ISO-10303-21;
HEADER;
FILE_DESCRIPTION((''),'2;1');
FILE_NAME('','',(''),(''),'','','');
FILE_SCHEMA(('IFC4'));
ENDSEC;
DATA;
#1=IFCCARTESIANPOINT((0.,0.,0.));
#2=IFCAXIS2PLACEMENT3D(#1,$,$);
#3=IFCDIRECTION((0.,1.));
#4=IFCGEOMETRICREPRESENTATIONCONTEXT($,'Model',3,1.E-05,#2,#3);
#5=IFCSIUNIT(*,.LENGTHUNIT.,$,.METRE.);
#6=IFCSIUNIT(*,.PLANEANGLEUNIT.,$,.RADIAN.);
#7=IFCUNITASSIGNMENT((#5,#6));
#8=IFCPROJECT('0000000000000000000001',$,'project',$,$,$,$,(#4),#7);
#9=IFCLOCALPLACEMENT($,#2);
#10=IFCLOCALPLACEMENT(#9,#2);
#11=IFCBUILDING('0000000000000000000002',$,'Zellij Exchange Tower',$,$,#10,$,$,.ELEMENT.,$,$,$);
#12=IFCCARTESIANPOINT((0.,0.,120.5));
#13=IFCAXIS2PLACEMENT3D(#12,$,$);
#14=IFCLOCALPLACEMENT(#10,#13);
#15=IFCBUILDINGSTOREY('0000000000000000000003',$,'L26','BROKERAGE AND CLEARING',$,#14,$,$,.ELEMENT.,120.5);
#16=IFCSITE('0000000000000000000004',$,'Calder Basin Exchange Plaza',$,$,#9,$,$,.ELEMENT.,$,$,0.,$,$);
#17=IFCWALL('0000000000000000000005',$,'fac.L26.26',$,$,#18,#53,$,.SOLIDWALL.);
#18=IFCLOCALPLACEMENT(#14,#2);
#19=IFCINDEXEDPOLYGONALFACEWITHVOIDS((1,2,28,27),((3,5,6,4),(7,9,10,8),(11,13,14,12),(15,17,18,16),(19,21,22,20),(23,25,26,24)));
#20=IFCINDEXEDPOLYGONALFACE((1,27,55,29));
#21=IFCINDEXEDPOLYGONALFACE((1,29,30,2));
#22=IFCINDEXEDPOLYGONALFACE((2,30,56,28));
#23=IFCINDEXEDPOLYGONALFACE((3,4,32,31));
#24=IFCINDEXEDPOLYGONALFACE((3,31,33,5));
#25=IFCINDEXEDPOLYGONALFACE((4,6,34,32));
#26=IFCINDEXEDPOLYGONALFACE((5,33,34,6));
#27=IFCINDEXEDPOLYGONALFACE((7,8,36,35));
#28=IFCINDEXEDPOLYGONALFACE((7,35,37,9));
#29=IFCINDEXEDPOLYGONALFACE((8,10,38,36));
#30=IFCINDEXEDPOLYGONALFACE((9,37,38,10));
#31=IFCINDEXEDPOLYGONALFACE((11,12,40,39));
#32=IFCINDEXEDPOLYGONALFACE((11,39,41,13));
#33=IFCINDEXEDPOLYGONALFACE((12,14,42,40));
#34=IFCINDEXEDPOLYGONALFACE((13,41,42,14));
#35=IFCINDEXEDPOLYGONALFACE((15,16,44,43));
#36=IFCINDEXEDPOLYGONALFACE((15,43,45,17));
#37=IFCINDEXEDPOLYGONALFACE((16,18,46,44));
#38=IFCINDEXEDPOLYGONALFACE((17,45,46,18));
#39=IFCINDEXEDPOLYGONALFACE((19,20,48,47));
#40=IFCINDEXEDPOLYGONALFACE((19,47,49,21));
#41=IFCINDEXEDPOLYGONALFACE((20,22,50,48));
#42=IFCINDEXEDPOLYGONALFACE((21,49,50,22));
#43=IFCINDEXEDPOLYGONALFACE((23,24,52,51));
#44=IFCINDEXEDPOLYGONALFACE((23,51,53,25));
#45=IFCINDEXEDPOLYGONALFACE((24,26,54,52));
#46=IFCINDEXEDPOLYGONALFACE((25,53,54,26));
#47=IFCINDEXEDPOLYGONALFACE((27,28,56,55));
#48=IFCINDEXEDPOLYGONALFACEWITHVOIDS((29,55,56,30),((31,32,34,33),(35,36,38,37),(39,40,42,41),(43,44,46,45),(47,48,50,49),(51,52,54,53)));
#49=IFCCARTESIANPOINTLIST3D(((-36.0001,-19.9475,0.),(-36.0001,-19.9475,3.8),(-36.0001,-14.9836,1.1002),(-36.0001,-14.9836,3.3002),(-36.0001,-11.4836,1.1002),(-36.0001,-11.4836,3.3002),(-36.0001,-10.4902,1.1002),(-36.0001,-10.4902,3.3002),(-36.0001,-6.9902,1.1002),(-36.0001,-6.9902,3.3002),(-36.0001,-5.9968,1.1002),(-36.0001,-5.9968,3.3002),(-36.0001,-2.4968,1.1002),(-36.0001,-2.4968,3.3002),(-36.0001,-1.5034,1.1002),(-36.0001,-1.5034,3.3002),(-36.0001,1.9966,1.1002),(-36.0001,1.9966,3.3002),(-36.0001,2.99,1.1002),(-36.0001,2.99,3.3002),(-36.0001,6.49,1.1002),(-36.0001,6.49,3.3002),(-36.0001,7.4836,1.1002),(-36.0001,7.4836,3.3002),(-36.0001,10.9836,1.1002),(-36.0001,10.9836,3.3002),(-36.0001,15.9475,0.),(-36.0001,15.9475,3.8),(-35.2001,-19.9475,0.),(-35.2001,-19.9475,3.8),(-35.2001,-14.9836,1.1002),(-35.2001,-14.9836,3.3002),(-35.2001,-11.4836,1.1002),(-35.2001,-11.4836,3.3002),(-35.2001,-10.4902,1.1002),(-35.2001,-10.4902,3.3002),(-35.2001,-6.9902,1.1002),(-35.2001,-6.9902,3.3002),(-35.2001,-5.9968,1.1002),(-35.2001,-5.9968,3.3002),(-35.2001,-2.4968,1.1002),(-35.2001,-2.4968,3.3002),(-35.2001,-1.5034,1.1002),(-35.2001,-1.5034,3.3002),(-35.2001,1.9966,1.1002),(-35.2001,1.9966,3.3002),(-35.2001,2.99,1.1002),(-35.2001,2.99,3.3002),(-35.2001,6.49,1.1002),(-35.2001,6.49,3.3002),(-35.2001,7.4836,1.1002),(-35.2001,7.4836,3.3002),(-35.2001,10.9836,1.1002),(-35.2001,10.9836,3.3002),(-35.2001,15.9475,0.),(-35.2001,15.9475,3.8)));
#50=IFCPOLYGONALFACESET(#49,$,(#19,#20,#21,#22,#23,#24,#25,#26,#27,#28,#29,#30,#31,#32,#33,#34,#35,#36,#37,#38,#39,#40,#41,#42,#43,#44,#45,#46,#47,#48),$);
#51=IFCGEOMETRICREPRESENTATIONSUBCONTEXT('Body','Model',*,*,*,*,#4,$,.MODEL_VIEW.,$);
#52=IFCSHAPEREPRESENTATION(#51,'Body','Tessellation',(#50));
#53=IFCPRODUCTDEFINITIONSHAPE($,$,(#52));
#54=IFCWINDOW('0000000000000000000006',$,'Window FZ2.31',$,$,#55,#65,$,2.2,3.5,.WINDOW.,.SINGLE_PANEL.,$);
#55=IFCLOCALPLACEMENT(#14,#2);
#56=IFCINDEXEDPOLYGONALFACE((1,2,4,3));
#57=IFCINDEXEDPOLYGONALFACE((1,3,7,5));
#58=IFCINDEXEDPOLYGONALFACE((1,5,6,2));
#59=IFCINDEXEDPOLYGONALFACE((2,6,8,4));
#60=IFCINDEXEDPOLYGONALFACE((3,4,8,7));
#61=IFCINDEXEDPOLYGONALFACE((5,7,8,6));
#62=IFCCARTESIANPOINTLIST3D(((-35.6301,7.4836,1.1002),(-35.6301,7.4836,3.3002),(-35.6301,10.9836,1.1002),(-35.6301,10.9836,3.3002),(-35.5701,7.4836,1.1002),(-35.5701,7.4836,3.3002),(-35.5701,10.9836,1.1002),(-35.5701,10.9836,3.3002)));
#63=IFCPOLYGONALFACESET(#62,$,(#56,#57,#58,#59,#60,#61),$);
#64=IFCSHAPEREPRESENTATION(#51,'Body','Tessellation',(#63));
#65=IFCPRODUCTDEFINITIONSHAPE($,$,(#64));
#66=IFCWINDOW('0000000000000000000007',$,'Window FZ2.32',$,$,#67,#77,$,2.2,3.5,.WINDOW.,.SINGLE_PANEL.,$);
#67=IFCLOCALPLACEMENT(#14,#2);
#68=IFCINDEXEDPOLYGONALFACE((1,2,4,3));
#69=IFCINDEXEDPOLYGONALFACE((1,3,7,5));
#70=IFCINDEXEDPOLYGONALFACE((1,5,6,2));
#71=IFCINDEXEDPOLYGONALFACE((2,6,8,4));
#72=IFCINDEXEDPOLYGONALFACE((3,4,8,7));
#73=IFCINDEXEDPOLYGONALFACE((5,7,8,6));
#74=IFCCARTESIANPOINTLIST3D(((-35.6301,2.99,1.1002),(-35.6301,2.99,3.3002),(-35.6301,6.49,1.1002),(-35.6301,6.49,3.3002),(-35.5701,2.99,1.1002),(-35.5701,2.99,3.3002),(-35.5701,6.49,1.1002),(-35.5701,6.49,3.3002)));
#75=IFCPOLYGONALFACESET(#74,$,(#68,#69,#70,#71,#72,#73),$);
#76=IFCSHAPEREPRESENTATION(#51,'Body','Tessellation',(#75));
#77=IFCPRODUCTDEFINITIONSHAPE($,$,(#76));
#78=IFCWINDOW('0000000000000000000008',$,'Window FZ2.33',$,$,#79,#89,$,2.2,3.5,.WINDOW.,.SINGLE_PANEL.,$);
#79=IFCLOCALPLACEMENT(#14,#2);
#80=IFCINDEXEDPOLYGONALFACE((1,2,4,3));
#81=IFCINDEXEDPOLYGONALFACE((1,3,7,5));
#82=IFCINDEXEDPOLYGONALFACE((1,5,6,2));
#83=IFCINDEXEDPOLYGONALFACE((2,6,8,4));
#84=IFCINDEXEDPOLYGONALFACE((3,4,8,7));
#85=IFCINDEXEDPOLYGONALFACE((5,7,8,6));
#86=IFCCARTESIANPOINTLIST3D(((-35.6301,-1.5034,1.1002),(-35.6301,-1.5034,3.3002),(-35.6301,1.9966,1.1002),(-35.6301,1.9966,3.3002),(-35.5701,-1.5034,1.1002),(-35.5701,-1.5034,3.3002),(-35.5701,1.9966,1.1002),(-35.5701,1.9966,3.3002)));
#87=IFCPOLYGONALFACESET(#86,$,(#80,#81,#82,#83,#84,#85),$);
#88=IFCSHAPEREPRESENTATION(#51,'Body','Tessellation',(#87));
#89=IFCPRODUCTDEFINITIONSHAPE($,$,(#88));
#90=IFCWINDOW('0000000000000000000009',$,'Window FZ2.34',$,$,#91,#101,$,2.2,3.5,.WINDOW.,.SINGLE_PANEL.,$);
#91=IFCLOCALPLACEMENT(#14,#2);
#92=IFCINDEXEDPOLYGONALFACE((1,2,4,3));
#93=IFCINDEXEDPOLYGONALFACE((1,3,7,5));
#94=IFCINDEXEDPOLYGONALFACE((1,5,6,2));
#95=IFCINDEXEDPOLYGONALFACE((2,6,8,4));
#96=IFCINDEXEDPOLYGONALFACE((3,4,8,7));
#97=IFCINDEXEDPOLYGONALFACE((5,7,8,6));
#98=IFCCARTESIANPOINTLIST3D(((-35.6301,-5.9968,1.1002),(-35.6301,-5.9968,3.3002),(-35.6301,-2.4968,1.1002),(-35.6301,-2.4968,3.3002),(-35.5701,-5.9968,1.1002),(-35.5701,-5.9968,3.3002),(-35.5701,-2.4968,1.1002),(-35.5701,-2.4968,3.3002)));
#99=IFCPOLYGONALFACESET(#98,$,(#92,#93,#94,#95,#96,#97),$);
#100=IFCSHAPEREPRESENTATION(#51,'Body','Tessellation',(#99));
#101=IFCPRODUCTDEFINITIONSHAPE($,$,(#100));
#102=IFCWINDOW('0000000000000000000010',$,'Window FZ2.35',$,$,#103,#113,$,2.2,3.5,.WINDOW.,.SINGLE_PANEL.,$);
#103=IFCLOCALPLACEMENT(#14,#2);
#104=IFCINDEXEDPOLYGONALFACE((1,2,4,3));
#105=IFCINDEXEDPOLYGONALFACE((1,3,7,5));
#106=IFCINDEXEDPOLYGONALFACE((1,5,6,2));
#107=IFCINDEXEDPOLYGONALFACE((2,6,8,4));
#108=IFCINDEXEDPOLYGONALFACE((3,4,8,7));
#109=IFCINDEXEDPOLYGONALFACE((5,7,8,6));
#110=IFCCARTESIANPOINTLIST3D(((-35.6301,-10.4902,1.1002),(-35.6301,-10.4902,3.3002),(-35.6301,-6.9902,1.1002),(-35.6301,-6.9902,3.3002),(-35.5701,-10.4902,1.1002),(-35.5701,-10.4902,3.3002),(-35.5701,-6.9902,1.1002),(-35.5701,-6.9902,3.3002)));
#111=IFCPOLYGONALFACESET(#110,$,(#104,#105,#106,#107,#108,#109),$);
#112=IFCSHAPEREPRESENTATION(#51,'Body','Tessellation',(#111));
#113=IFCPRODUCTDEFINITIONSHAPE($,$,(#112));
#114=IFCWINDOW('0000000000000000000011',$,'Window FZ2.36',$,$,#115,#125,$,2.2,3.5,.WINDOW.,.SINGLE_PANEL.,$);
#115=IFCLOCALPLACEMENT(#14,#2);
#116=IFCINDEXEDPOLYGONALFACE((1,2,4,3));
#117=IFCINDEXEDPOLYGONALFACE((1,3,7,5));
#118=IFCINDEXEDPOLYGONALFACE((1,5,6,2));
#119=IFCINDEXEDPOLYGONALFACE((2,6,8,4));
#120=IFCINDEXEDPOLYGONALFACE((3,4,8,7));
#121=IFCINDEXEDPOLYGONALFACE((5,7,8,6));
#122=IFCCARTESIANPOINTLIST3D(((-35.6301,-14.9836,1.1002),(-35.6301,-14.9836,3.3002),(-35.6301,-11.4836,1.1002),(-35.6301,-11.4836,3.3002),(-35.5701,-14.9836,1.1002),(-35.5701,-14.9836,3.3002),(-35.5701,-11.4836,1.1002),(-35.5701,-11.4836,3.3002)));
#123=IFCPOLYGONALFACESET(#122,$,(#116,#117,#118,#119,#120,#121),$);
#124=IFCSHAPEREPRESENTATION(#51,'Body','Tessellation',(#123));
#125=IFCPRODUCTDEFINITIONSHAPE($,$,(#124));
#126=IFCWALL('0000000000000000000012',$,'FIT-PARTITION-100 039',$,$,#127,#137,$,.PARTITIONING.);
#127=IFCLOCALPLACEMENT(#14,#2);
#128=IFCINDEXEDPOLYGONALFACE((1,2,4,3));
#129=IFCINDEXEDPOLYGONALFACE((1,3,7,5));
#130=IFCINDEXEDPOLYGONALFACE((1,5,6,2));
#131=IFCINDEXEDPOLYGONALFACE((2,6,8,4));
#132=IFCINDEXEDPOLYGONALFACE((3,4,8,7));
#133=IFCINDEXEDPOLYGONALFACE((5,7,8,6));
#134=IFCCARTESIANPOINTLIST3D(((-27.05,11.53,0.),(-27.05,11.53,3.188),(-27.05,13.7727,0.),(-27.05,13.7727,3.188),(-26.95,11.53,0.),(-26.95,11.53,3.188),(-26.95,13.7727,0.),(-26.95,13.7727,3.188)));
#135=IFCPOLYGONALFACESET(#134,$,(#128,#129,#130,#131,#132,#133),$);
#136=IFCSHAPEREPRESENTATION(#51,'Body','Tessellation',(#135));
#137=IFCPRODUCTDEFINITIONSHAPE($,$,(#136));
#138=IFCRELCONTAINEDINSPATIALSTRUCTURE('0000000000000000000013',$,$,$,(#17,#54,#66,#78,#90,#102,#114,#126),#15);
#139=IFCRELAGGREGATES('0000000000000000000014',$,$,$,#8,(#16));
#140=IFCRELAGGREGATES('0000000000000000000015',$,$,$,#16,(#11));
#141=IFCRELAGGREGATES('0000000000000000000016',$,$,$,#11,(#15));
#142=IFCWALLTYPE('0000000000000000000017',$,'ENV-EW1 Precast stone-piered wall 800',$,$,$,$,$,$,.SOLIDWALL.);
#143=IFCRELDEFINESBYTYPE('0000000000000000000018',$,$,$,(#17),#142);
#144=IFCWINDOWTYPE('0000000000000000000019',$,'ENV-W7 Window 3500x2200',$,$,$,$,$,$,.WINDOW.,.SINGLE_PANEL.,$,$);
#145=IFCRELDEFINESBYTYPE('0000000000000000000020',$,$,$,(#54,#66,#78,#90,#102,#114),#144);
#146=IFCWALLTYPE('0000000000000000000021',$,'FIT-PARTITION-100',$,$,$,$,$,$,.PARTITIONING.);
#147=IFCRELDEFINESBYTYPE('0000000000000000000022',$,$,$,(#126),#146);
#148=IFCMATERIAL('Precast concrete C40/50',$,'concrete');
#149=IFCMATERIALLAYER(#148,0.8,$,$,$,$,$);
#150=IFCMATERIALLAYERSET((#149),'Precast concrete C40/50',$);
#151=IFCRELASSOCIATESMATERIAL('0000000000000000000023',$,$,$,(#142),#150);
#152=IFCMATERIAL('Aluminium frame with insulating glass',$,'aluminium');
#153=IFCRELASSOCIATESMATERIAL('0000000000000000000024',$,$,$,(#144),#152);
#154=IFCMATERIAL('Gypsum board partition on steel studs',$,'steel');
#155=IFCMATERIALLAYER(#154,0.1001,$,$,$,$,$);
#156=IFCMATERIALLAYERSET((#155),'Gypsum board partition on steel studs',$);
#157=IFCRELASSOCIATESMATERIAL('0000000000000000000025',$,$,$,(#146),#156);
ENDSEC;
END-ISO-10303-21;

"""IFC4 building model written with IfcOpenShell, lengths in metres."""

from ifc_helpers import new_model, si_unit, direction, frame, frame_2d, origin, place, context, subcontext, project, spatial, rectangle, extrude, material, layer, layer_set, type_object, element, fill, save


model = new_model("IFC4")

# Units and contexts
model_context = context("Model", 3, precision=1e-05, world=origin(), true_north=direction((0.0, 1.0)))
body_context = subcontext(model_context, "Body", "Model", "MODEL_VIEW")
ifc_project = project(units=[si_unit("LENGTHUNIT", "METRE"), si_unit("PLANEANGLEUNIT", "RADIAN")], contexts=[model_context])

# Site, building, storey
site_placement = place(None, origin())
site = spatial("IfcSite", under=ifc_project, at=site_placement, Name="Calder Basin Exchange Plaza", CompositionType="ELEMENT", RefElevation=0.0)
building_placement = place(site_placement, origin())
building = spatial("IfcBuilding", under=site, at=building_placement, Name="Zellij Exchange Tower", CompositionType="ELEMENT")
storey_placement = place(building_placement, frame((0.0, 0.0, 120.5)))
storey = spatial("IfcBuildingStorey", under=building, at=storey_placement, Name="L26", Description="BROKERAGE AND CLEARING", CompositionType="ELEMENT", Elevation=120.5)

# Shared definitions
ifc_material_1 = material(Name="Precast concrete C40/50", Category="concrete")
ifc_layer_1 = layer(ifc_material_1, 0.8)
ifc_layer_set_1 = layer_set([ifc_layer_1], Name="Precast concrete C40/50")
wall_type_1 = type_object("IfcWallType", Name="ENV-EW1 Precast stone-piered wall 800", PredefinedType="SOLIDWALL", material=ifc_layer_set_1)

# Wall, openings, windows
wall_1_placement = place(storey_placement, frame((-35.6001, 15.9475, 0.0), z_axis=(0.0, 0.0, 1.0), x_axis=(0.0, -1.0, 0.0)))
wall_1 = element("IfcWall", 1, at=wall_1_placement, inside=storey, type_object=wall_type_1, Name="fac.L26.26", PredefinedType="SOLIDWALL", context=body_context, shape_type="SweptSolid", body=[
    extrude(rectangle(XDim=35.895, YDim=0.8, at=frame_2d((17.9475, 0.0))), origin(), (0.0, 0.0, 1.0), 3.8),
])
opening_1_placement = place(wall_1_placement, frame((4.9639, 0.0, 1.1001)))
opening_1 = element("IfcOpeningElement", 2, at=opening_1_placement, cuts=wall_1, PredefinedType="OPENING", context=body_context, shape_type="SweptSolid", body=[
    extrude(rectangle(XDim=3.5, YDim=2.2, at=frame_2d((1.75, 1.1001))), frame((0.0, 0.4121, 0.0), z_axis=(0.0, -1.0, 0.0), x_axis=(1.0, 0.0, 0.0)), (0.0, 0.0, 1.0), 0.824),
])
opening_2_placement = place(wall_1_placement, frame((9.4575, 0.0, 1.1001)))
opening_2 = element("IfcOpeningElement", 3, at=opening_2_placement, cuts=wall_1, PredefinedType="OPENING", context=body_context, shape_type="SweptSolid", body=[
    extrude(rectangle(XDim=3.5, YDim=2.2, at=frame_2d((1.75, 1.1001))), frame((0.0, 0.4121, 0.0), z_axis=(0.0, -1.0, 0.0), x_axis=(1.0, 0.0, 0.0)), (0.0, 0.0, 1.0), 0.824),
])
opening_3_placement = place(wall_1_placement, frame((13.9509, 0.0, 1.1001)))
opening_3 = element("IfcOpeningElement", 4, at=opening_3_placement, cuts=wall_1, PredefinedType="OPENING", context=body_context, shape_type="SweptSolid", body=[
    extrude(rectangle(XDim=3.5, YDim=2.2, at=frame_2d((1.75, 1.1001))), frame((0.0, 0.4121, 0.0), z_axis=(0.0, -1.0, 0.0), x_axis=(1.0, 0.0, 0.0)), (0.0, 0.0, 1.0), 0.824),
])
opening_4_placement = place(wall_1_placement, frame((18.4443, 0.0, 1.1001)))
opening_4 = element("IfcOpeningElement", 5, at=opening_4_placement, cuts=wall_1, PredefinedType="OPENING", context=body_context, shape_type="SweptSolid", body=[
    extrude(rectangle(XDim=3.5, YDim=2.2, at=frame_2d((1.75, 1.1001))), frame((0.0, 0.4121, 0.0), z_axis=(0.0, -1.0, 0.0), x_axis=(1.0, 0.0, 0.0)), (0.0, 0.0, 1.0), 0.824),
])
opening_5_placement = place(wall_1_placement, frame((22.9377, 0.0, 1.1001)))
opening_5 = element("IfcOpeningElement", 6, at=opening_5_placement, cuts=wall_1, PredefinedType="OPENING", context=body_context, shape_type="SweptSolid", body=[
    extrude(rectangle(XDim=3.5, YDim=2.2, at=frame_2d((1.75, 1.1001))), frame((0.0, 0.4121, 0.0), z_axis=(0.0, -1.0, 0.0), x_axis=(1.0, 0.0, 0.0)), (0.0, 0.0, 1.0), 0.824),
])
opening_6_placement = place(wall_1_placement, frame((27.4312, 0.0, 1.1001)))
opening_6 = element("IfcOpeningElement", 7, at=opening_6_placement, cuts=wall_1, PredefinedType="OPENING", context=body_context, shape_type="SweptSolid", body=[
    extrude(rectangle(XDim=3.5, YDim=2.2, at=frame_2d((1.75, 1.1001))), frame((0.0, 0.4121, 0.0), z_axis=(0.0, -1.0, 0.0), x_axis=(1.0, 0.0, 0.0)), (0.0, 0.0, 1.0), 0.824),
])
ifc_material_2 = material(Name="Aluminium frame with insulating glass", Category="aluminium")
window_type = type_object("IfcWindowType", Name="ENV-W7 Window 3500x2200", PartitioningType="SINGLE_PANEL", PredefinedType="WINDOW", material=ifc_material_2)
window_1_placement = place(opening_1_placement, origin())
window_1 = element("IfcWindow", 8, at=window_1_placement, inside=storey, type_object=window_type, Name="Window FZ2.31", OverallHeight=2.2, OverallWidth=3.5, PartitioningType="SINGLE_PANEL", PredefinedType="WINDOW", context=body_context, shape_type="SweptSolid", body=[
    extrude(rectangle(XDim=3.5, YDim=2.2, at=frame_2d((1.75, 1.1001))), frame((0.0, 0.03, 0.0), z_axis=(0.0, -1.0, 0.0), x_axis=(1.0, 0.0, 0.0)), (0.0, 0.0, 1.0), 0.0601),
])
fill(opening_1, window_1)
window_2_placement = place(opening_2_placement, origin())
window_2 = element("IfcWindow", 9, at=window_2_placement, inside=storey, type_object=window_type, Name="Window FZ2.32", OverallHeight=2.2, OverallWidth=3.5, PartitioningType="SINGLE_PANEL", PredefinedType="WINDOW", context=body_context, shape_type="SweptSolid", body=[
    extrude(rectangle(XDim=3.5, YDim=2.2, at=frame_2d((1.75, 1.1001))), frame((0.0, 0.03, 0.0), z_axis=(0.0, -1.0, 0.0), x_axis=(1.0, 0.0, 0.0)), (0.0, 0.0, 1.0), 0.0601),
])
fill(opening_2, window_2)
window_3_placement = place(opening_3_placement, origin())
window_3 = element("IfcWindow", 10, at=window_3_placement, inside=storey, type_object=window_type, Name="Window FZ2.33", OverallHeight=2.2, OverallWidth=3.5, PartitioningType="SINGLE_PANEL", PredefinedType="WINDOW", context=body_context, shape_type="SweptSolid", body=[
    extrude(rectangle(XDim=3.5, YDim=2.2, at=frame_2d((1.75, 1.1001))), frame((0.0, 0.03, 0.0), z_axis=(0.0, -1.0, 0.0), x_axis=(1.0, 0.0, 0.0)), (0.0, 0.0, 1.0), 0.0601),
])
fill(opening_3, window_3)
window_4_placement = place(opening_4_placement, origin())
window_4 = element("IfcWindow", 11, at=window_4_placement, inside=storey, type_object=window_type, Name="Window FZ2.34", OverallHeight=2.2, OverallWidth=3.5, PartitioningType="SINGLE_PANEL", PredefinedType="WINDOW", context=body_context, shape_type="SweptSolid", body=[
    extrude(rectangle(XDim=3.5, YDim=2.2, at=frame_2d((1.75, 1.1001))), frame((0.0, 0.03, 0.0), z_axis=(0.0, -1.0, 0.0), x_axis=(1.0, 0.0, 0.0)), (0.0, 0.0, 1.0), 0.0601),
])
fill(opening_4, window_4)
window_5_placement = place(opening_5_placement, origin())
window_5 = element("IfcWindow", 12, at=window_5_placement, inside=storey, type_object=window_type, Name="Window FZ2.35", OverallHeight=2.2, OverallWidth=3.5, PartitioningType="SINGLE_PANEL", PredefinedType="WINDOW", context=body_context, shape_type="SweptSolid", body=[
    extrude(rectangle(XDim=3.5, YDim=2.2, at=frame_2d((1.75, 1.1001))), frame((0.0, 0.03, 0.0), z_axis=(0.0, -1.0, 0.0), x_axis=(1.0, 0.0, 0.0)), (0.0, 0.0, 1.0), 0.0601),
])
fill(opening_5, window_5)
window_6_placement = place(opening_6_placement, origin())
window_6 = element("IfcWindow", 13, at=window_6_placement, inside=storey, type_object=window_type, Name="Window FZ2.36", OverallHeight=2.2, OverallWidth=3.5, PartitioningType="SINGLE_PANEL", PredefinedType="WINDOW", context=body_context, shape_type="SweptSolid", body=[
    extrude(rectangle(XDim=3.5, YDim=2.2, at=frame_2d((1.75, 1.1001))), frame((0.0, 0.03, 0.0), z_axis=(0.0, -1.0, 0.0), x_axis=(1.0, 0.0, 0.0)), (0.0, 0.0, 1.0), 0.0601),
])
fill(opening_6, window_6)

# Wall
ifc_material_3 = material(Name="Gypsum board partition on steel studs", Category="steel")
ifc_layer_2 = layer(ifc_material_3, 0.1001)
ifc_layer_set_2 = layer_set([ifc_layer_2], Name="Gypsum board partition on steel studs")
wall_type_2 = type_object("IfcWallType", Name="FIT-PARTITION-100", PredefinedType="PARTITIONING", material=ifc_layer_set_2)
wall_2_placement = place(storey_placement, frame((-27.0, 11.53, 0.0), z_axis=(0.0, 0.0, 1.0), x_axis=(0.0, 1.0, 0.0)))
element("IfcWall", 14, at=wall_2_placement, inside=storey, type_object=wall_type_2, Name="FIT-PARTITION-100 039", PredefinedType="PARTITIONING", context=body_context, shape_type="SweptSolid", body=[
    extrude(rectangle(XDim=2.2427, YDim=0.1001, at=frame_2d((1.1213, 0.0))), origin(), (0.0, 0.0, 1.0), 3.188),
])

save(model, "model.ifc")
